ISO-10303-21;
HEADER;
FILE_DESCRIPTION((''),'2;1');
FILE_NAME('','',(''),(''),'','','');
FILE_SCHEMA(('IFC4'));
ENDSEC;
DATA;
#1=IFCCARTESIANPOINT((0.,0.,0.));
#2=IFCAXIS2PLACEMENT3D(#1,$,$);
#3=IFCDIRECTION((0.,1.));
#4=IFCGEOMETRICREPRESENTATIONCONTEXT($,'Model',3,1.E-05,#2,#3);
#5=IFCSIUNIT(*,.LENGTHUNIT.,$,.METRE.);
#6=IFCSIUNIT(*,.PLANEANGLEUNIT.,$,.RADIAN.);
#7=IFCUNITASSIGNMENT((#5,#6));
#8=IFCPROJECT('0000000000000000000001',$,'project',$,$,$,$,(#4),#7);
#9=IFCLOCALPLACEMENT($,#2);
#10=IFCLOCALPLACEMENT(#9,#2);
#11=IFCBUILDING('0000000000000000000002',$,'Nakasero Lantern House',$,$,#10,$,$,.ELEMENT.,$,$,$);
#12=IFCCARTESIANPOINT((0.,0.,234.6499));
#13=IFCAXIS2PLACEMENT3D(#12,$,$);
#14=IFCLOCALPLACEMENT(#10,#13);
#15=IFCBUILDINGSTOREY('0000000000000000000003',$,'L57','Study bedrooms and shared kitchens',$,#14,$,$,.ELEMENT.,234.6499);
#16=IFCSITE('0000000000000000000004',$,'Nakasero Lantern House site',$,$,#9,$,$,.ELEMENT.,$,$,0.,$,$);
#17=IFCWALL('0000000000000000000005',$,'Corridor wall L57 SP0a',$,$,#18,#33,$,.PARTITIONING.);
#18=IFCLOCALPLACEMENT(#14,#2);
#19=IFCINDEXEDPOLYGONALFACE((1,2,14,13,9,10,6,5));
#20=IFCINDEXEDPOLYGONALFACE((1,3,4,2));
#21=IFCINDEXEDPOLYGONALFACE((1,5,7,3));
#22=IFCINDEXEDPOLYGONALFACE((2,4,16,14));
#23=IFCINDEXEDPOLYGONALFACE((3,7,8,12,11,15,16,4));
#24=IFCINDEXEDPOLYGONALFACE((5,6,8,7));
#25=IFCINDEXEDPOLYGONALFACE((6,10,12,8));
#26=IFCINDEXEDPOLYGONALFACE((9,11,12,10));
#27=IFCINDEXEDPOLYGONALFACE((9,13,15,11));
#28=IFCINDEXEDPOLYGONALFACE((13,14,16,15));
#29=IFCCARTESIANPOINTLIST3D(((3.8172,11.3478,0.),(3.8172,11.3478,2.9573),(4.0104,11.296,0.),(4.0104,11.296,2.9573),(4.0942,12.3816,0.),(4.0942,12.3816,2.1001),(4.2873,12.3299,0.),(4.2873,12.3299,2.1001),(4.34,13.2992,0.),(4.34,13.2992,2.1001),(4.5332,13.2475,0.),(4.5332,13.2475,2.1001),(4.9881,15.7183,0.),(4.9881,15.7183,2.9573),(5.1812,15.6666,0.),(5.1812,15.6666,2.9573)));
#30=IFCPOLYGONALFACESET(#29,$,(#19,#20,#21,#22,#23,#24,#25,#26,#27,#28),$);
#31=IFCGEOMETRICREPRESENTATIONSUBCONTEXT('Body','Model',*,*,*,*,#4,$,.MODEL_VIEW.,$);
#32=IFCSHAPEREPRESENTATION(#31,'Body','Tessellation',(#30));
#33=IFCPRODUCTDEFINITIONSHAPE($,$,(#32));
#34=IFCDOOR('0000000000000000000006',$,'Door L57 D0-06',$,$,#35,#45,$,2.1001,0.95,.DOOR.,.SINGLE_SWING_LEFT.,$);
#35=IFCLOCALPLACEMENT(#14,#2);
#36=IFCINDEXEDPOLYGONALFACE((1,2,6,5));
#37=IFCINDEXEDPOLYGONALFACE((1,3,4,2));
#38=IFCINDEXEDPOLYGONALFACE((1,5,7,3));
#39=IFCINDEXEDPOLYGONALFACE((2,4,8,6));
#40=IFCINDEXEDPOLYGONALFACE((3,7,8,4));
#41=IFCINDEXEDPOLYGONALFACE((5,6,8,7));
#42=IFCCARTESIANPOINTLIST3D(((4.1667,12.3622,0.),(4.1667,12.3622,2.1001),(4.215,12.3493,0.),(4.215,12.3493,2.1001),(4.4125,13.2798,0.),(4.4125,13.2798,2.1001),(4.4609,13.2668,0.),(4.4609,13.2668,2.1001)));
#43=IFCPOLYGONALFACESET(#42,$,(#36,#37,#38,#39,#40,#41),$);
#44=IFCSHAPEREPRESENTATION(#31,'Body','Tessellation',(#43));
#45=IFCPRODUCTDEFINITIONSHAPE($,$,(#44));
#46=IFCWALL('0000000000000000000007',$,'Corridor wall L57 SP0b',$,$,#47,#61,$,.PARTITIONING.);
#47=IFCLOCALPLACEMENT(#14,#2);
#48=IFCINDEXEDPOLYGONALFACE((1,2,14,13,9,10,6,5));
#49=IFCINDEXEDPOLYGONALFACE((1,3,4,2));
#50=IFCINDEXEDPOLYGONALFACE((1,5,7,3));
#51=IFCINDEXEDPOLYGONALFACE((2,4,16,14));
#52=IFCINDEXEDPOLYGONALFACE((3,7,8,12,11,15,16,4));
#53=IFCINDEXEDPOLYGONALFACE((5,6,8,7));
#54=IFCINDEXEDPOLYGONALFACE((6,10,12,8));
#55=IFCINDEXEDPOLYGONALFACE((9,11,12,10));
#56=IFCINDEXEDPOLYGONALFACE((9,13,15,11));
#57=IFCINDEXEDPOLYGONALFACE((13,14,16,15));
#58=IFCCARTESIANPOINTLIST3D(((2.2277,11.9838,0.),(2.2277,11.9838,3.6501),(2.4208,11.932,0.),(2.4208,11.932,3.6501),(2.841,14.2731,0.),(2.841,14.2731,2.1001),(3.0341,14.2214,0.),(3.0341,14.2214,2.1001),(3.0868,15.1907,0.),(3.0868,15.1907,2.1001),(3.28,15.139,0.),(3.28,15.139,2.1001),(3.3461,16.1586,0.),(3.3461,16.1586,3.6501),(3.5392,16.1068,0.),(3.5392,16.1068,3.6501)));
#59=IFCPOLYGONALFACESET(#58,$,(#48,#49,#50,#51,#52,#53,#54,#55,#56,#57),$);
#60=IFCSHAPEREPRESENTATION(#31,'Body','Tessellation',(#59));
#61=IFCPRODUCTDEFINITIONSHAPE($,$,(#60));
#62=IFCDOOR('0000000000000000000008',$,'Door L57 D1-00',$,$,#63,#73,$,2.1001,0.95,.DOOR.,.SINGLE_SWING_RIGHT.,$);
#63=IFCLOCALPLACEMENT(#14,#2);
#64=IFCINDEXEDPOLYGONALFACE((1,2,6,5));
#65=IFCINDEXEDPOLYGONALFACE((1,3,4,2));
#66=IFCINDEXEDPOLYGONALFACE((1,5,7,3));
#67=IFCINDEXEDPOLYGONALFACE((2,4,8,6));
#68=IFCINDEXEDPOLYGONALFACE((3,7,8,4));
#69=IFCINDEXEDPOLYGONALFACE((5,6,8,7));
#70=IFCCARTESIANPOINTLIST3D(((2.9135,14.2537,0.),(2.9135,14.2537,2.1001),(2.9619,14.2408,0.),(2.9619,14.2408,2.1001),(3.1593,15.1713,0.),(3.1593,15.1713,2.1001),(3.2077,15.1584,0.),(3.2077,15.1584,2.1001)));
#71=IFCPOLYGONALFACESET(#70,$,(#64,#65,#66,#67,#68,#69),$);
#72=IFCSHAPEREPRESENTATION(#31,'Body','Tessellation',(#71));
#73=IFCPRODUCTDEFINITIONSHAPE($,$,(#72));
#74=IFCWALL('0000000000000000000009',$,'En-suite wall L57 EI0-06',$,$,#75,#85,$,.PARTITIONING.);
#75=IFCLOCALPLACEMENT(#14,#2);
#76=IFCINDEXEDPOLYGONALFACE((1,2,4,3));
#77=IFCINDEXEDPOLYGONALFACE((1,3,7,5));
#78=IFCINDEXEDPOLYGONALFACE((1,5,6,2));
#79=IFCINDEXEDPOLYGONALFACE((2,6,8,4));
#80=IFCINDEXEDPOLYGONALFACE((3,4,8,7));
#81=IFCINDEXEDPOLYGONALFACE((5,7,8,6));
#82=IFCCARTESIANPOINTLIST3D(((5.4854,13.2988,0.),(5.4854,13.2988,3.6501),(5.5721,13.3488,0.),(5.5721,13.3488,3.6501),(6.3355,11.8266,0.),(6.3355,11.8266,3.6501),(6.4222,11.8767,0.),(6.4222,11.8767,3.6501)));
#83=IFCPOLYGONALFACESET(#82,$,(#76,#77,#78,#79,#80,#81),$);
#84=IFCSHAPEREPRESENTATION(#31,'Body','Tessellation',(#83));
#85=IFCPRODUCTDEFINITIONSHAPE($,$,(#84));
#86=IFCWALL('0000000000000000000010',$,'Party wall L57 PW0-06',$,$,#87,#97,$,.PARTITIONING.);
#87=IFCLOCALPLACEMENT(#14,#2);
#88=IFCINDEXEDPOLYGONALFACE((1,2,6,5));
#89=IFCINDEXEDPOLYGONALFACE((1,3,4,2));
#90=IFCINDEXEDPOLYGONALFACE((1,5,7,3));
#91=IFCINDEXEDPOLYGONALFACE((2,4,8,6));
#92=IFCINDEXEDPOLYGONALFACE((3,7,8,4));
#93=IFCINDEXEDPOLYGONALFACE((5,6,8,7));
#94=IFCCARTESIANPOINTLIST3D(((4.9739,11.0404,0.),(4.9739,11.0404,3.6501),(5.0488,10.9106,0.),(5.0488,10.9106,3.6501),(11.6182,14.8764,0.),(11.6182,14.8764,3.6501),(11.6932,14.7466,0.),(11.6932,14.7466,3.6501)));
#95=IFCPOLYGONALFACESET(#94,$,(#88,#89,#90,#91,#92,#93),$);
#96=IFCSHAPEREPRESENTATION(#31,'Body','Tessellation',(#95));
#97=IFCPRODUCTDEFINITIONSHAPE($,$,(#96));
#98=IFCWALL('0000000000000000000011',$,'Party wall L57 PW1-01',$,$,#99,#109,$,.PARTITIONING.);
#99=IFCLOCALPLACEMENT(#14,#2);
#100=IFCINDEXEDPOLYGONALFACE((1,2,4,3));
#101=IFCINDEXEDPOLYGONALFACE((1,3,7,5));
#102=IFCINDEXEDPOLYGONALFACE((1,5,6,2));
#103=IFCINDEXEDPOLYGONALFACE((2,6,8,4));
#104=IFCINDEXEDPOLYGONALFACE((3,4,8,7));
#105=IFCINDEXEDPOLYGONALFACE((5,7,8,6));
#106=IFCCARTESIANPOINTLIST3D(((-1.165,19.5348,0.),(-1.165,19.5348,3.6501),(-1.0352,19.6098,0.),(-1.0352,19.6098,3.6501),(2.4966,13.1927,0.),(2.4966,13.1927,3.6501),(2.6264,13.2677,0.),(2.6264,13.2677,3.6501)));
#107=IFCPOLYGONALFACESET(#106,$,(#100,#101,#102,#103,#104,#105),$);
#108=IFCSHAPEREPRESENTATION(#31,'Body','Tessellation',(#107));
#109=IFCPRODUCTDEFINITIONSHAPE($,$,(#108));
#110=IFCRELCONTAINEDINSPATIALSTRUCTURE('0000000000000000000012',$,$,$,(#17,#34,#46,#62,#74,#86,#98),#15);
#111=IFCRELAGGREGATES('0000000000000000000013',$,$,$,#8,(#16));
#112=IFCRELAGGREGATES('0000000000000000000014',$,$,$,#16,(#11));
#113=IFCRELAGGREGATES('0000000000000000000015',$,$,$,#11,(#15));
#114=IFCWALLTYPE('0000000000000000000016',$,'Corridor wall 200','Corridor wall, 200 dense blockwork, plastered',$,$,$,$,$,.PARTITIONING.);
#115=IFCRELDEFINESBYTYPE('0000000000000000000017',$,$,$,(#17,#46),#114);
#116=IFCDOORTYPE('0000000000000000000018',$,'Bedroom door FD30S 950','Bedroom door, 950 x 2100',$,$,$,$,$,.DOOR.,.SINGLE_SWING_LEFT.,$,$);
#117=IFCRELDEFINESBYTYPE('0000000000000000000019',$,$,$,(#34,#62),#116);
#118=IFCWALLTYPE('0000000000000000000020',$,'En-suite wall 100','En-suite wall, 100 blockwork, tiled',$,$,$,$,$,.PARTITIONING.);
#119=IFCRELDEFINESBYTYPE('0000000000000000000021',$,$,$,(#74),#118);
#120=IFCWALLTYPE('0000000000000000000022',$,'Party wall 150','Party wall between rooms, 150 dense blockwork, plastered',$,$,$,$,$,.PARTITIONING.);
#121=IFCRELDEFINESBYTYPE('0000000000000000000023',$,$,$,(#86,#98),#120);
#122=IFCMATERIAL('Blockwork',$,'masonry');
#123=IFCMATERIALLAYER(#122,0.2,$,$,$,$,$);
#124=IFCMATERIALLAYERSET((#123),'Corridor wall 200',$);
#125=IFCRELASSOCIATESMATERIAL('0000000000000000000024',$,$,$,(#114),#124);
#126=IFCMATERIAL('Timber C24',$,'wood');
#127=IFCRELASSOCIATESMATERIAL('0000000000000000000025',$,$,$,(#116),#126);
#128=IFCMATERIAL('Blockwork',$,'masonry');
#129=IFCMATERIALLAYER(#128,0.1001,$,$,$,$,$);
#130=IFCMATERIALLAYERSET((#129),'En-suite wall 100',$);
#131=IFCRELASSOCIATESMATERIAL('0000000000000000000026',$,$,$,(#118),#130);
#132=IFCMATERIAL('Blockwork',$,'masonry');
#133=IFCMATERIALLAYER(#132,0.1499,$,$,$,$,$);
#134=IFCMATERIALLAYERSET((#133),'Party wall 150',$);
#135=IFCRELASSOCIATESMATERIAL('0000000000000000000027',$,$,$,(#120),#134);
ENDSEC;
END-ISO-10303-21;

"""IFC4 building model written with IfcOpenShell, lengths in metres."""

from ifc_helpers import new_model, si_unit, direction, frame, frame_2d, origin, place, context, subcontext, project, spatial, rectangle, extrude, material, layer, layer_set, type_object, element, fill, save


model = new_model("IFC4")

# Units and contexts
model_context = context("Model", 3, precision=1e-05, world=origin(), true_north=direction((0.0, 1.0)))
body_context = subcontext(model_context, "Body", "Model", "MODEL_VIEW")
ifc_project = project(units=[si_unit("LENGTHUNIT", "METRE"), si_unit("PLANEANGLEUNIT", "RADIAN")], contexts=[model_context])

# Site, building, storey
site_placement = place(None, origin())
site = spatial("IfcSite", under=ifc_project, at=site_placement, Name="Nakasero Lantern House site", CompositionType="ELEMENT", RefElevation=0.0)
building_placement = place(site_placement, origin())
building = spatial("IfcBuilding", under=site, at=building_placement, Name="Nakasero Lantern House", CompositionType="ELEMENT")
storey_placement = place(building_placement, frame((0.0, 0.0, 234.6499)))
storey = spatial("IfcBuildingStorey", under=building, at=storey_placement, Name="L57", Description="Study bedrooms and shared kitchens", CompositionType="ELEMENT", Elevation=234.6499)

# Shared definitions
ifc_material_1 = material(Name="Blockwork", Category="masonry")
ifc_layer_1 = layer(ifc_material_1, 0.2)
ifc_layer_set_1 = layer_set([ifc_layer_1], Name="Corridor wall 200")
wall_type_1 = type_object("IfcWallType", Name="Corridor wall 200", Description="Corridor wall, 200 dense blockwork, plastered", PredefinedType="PARTITIONING", material=ifc_layer_set_1)

# Walls, openings, doors
wall_1_placement = place(storey_placement, frame((3.9138, 11.322, 0.0), z_axis=(0.0, 0.0, 1.0), x_axis=(0.258777, 0.965937, 0.0)))
wall_1 = element("IfcWall", 1, at=wall_1_placement, inside=storey, type_object=wall_type_1, Name="Corridor wall L57 SP0a", PredefinedType="PARTITIONING", context=body_context, shape_type="SweptSolid", body=[
    extrude(rectangle(XDim=4.5247, YDim=0.2, at=frame_2d((2.2622, 0.0))), origin(), (0.0, 0.0, 1.0), 2.9573),
])
opening_1_placement = place(wall_1_placement, frame((1.0701, 0.0, 0.0)))
opening_1 = element("IfcOpeningElement", 2, at=opening_1_placement, cuts=wall_1, PredefinedType="OPENING", context=body_context, shape_type="SweptSolid", body=[
    extrude(rectangle(XDim=0.95, YDim=2.1001, at=frame_2d((0.4751, 1.05))), frame((0.0, 0.1199, 0.0), z_axis=(0.0, -1.0, 0.0), x_axis=(1.0, 0.0, 0.0)), (0.0, 0.0, 1.0), 0.24),
])
ifc_material_2 = material(Name="Timber C24", Category="wood")
door_type = type_object("IfcDoorType", Name="Bedroom door FD30S 950", Description="Bedroom door, 950 x 2100", OperationType="SINGLE_SWING_LEFT", PredefinedType="DOOR", material=ifc_material_2)
door_1_placement = place(opening_1_placement, origin())
door_1 = element("IfcDoor", 3, at=door_1_placement, inside=storey, type_object=door_type, Name="Door L57 D0-06", OperationType="SINGLE_SWING_LEFT", OverallHeight=2.1001, OverallWidth=0.95, PredefinedType="DOOR", context=body_context, shape_type="SweptSolid", body=[
    extrude(rectangle(XDim=0.95, YDim=2.1001, at=frame_2d((0.4751, 1.05))), frame((0.0, 0.0249, 0.0), z_axis=(0.0, -1.0, 0.0), x_axis=(1.0, 0.0, 0.0)), (0.0, 0.0, 1.0), 0.05),
])
fill(opening_1, door_1)
wall_2_placement = place(storey_placement, frame((2.3242, 11.9578, 0.0), z_axis=(0.0, 0.0, 1.0), x_axis=(0.25877, 0.965939, 0.0)))
wall_2 = element("IfcWall", 4, at=wall_2_placement, inside=storey, type_object=wall_type_1, Name="Corridor wall L57 SP0b", PredefinedType="PARTITIONING", context=body_context, shape_type="SweptSolid", body=[
    extrude(rectangle(XDim=4.322, YDim=0.2, at=frame_2d((2.1611, 0.0))), origin(), (0.0, 0.0, 1.0), 3.6501),
])
opening_2_placement = place(wall_2_placement, frame((2.3701, 0.0, 0.0)))
opening_2 = element("IfcOpeningElement", 5, at=opening_2_placement, cuts=wall_2, PredefinedType="OPENING", context=body_context, shape_type="SweptSolid", body=[
    extrude(rectangle(XDim=0.95, YDim=2.1001, at=frame_2d((0.4751, 1.05))), frame((0.0, 0.1199, 0.0), z_axis=(0.0, -1.0, 0.0), x_axis=(1.0, 0.0, 0.0)), (0.0, 0.0, 1.0), 0.24),
])
door_2_placement = place(opening_2_placement, origin())
door_2 = element("IfcDoor", 6, at=door_2_placement, inside=storey, type_object=door_type, Name="Door L57 D1-00", OperationType="SINGLE_SWING_RIGHT", OverallHeight=2.1001, OverallWidth=0.95, PredefinedType="DOOR", context=body_context, shape_type="SweptSolid", body=[
    extrude(rectangle(XDim=0.95, YDim=2.1001, at=frame_2d((0.4751, 1.05))), frame((0.0, 0.0249, 0.0), z_axis=(0.0, -1.0, 0.0), x_axis=(1.0, 0.0, 0.0)), (0.0, 0.0, 1.0), 0.05),
])
fill(opening_2, door_2)

# Walls
ifc_material_3 = material(Name="Blockwork", Category="masonry")
ifc_layer_2 = layer(ifc_material_3, 0.1001)
ifc_layer_set_2 = layer_set([ifc_layer_2], Name="En-suite wall 100")
wall_type_2 = type_object("IfcWallType", Name="En-suite wall 100", Description="En-suite wall, 100 blockwork, tiled", PredefinedType="PARTITIONING", material=ifc_layer_set_2)
wall_3_placement = place(storey_placement, frame((6.3789, 11.8516, 0.0), z_axis=(0.0, 0.0, 1.0), x_axis=(-0.500062, 0.865989, 0.0)))
element("IfcWall", 7, at=wall_3_placement, inside=storey, type_object=wall_type_2, Name="En-suite wall L57 EI0-06", PredefinedType="PARTITIONING", context=body_context, shape_type="SweptSolid", body=[
    extrude(rectangle(XDim=1.7, YDim=0.1001, at=frame_2d((0.8501, 0.0))), origin(), (0.0, 0.0, 1.0), 3.6501),
])
ifc_material_4 = material(Name="Blockwork", Category="masonry")
ifc_layer_3 = layer(ifc_material_4, 0.1499)
ifc_layer_set_3 = layer_set([ifc_layer_3], Name="Party wall 150")
wall_type_3 = type_object("IfcWallType", Name="Party wall 150", Description="Party wall between rooms, 150 dense blockwork, plastered", PredefinedType="PARTITIONING", material=ifc_layer_set_3)
wall_4_placement = place(storey_placement, frame((5.0115, 10.9756, 0.0), z_axis=(0.0, 0.0, 1.0), x_axis=(0.866034, 0.499986, 0.0)))
element("IfcWall", 8, at=wall_4_placement, inside=storey, type_object=wall_type_3, Name="Party wall L57 PW0-06", PredefinedType="PARTITIONING", context=body_context, shape_type="SweptSolid", body=[
    extrude(rectangle(XDim=7.6721, YDim=0.1499, at=frame_2d((3.8359, 0.0))), origin(), (0.0, 0.0, 1.0), 3.6501),
])
wall_5_placement = place(storey_placement, frame((2.5615, 13.2302, 0.0), z_axis=(0.0, 0.0, 1.0), x_axis=(-0.500004, 0.866023, 0.0)))
element("IfcWall", 9, at=wall_5_placement, inside=storey, type_object=wall_type_3, Name="Party wall L57 PW1-01", PredefinedType="PARTITIONING", context=body_context, shape_type="SweptSolid", body=[
    extrude(rectangle(XDim=7.3232, YDim=0.1499, at=frame_2d((3.6616, 0.0))), origin(), (0.0, 0.0, 1.0), 3.6501),
])

save(model, "model.ifc")
